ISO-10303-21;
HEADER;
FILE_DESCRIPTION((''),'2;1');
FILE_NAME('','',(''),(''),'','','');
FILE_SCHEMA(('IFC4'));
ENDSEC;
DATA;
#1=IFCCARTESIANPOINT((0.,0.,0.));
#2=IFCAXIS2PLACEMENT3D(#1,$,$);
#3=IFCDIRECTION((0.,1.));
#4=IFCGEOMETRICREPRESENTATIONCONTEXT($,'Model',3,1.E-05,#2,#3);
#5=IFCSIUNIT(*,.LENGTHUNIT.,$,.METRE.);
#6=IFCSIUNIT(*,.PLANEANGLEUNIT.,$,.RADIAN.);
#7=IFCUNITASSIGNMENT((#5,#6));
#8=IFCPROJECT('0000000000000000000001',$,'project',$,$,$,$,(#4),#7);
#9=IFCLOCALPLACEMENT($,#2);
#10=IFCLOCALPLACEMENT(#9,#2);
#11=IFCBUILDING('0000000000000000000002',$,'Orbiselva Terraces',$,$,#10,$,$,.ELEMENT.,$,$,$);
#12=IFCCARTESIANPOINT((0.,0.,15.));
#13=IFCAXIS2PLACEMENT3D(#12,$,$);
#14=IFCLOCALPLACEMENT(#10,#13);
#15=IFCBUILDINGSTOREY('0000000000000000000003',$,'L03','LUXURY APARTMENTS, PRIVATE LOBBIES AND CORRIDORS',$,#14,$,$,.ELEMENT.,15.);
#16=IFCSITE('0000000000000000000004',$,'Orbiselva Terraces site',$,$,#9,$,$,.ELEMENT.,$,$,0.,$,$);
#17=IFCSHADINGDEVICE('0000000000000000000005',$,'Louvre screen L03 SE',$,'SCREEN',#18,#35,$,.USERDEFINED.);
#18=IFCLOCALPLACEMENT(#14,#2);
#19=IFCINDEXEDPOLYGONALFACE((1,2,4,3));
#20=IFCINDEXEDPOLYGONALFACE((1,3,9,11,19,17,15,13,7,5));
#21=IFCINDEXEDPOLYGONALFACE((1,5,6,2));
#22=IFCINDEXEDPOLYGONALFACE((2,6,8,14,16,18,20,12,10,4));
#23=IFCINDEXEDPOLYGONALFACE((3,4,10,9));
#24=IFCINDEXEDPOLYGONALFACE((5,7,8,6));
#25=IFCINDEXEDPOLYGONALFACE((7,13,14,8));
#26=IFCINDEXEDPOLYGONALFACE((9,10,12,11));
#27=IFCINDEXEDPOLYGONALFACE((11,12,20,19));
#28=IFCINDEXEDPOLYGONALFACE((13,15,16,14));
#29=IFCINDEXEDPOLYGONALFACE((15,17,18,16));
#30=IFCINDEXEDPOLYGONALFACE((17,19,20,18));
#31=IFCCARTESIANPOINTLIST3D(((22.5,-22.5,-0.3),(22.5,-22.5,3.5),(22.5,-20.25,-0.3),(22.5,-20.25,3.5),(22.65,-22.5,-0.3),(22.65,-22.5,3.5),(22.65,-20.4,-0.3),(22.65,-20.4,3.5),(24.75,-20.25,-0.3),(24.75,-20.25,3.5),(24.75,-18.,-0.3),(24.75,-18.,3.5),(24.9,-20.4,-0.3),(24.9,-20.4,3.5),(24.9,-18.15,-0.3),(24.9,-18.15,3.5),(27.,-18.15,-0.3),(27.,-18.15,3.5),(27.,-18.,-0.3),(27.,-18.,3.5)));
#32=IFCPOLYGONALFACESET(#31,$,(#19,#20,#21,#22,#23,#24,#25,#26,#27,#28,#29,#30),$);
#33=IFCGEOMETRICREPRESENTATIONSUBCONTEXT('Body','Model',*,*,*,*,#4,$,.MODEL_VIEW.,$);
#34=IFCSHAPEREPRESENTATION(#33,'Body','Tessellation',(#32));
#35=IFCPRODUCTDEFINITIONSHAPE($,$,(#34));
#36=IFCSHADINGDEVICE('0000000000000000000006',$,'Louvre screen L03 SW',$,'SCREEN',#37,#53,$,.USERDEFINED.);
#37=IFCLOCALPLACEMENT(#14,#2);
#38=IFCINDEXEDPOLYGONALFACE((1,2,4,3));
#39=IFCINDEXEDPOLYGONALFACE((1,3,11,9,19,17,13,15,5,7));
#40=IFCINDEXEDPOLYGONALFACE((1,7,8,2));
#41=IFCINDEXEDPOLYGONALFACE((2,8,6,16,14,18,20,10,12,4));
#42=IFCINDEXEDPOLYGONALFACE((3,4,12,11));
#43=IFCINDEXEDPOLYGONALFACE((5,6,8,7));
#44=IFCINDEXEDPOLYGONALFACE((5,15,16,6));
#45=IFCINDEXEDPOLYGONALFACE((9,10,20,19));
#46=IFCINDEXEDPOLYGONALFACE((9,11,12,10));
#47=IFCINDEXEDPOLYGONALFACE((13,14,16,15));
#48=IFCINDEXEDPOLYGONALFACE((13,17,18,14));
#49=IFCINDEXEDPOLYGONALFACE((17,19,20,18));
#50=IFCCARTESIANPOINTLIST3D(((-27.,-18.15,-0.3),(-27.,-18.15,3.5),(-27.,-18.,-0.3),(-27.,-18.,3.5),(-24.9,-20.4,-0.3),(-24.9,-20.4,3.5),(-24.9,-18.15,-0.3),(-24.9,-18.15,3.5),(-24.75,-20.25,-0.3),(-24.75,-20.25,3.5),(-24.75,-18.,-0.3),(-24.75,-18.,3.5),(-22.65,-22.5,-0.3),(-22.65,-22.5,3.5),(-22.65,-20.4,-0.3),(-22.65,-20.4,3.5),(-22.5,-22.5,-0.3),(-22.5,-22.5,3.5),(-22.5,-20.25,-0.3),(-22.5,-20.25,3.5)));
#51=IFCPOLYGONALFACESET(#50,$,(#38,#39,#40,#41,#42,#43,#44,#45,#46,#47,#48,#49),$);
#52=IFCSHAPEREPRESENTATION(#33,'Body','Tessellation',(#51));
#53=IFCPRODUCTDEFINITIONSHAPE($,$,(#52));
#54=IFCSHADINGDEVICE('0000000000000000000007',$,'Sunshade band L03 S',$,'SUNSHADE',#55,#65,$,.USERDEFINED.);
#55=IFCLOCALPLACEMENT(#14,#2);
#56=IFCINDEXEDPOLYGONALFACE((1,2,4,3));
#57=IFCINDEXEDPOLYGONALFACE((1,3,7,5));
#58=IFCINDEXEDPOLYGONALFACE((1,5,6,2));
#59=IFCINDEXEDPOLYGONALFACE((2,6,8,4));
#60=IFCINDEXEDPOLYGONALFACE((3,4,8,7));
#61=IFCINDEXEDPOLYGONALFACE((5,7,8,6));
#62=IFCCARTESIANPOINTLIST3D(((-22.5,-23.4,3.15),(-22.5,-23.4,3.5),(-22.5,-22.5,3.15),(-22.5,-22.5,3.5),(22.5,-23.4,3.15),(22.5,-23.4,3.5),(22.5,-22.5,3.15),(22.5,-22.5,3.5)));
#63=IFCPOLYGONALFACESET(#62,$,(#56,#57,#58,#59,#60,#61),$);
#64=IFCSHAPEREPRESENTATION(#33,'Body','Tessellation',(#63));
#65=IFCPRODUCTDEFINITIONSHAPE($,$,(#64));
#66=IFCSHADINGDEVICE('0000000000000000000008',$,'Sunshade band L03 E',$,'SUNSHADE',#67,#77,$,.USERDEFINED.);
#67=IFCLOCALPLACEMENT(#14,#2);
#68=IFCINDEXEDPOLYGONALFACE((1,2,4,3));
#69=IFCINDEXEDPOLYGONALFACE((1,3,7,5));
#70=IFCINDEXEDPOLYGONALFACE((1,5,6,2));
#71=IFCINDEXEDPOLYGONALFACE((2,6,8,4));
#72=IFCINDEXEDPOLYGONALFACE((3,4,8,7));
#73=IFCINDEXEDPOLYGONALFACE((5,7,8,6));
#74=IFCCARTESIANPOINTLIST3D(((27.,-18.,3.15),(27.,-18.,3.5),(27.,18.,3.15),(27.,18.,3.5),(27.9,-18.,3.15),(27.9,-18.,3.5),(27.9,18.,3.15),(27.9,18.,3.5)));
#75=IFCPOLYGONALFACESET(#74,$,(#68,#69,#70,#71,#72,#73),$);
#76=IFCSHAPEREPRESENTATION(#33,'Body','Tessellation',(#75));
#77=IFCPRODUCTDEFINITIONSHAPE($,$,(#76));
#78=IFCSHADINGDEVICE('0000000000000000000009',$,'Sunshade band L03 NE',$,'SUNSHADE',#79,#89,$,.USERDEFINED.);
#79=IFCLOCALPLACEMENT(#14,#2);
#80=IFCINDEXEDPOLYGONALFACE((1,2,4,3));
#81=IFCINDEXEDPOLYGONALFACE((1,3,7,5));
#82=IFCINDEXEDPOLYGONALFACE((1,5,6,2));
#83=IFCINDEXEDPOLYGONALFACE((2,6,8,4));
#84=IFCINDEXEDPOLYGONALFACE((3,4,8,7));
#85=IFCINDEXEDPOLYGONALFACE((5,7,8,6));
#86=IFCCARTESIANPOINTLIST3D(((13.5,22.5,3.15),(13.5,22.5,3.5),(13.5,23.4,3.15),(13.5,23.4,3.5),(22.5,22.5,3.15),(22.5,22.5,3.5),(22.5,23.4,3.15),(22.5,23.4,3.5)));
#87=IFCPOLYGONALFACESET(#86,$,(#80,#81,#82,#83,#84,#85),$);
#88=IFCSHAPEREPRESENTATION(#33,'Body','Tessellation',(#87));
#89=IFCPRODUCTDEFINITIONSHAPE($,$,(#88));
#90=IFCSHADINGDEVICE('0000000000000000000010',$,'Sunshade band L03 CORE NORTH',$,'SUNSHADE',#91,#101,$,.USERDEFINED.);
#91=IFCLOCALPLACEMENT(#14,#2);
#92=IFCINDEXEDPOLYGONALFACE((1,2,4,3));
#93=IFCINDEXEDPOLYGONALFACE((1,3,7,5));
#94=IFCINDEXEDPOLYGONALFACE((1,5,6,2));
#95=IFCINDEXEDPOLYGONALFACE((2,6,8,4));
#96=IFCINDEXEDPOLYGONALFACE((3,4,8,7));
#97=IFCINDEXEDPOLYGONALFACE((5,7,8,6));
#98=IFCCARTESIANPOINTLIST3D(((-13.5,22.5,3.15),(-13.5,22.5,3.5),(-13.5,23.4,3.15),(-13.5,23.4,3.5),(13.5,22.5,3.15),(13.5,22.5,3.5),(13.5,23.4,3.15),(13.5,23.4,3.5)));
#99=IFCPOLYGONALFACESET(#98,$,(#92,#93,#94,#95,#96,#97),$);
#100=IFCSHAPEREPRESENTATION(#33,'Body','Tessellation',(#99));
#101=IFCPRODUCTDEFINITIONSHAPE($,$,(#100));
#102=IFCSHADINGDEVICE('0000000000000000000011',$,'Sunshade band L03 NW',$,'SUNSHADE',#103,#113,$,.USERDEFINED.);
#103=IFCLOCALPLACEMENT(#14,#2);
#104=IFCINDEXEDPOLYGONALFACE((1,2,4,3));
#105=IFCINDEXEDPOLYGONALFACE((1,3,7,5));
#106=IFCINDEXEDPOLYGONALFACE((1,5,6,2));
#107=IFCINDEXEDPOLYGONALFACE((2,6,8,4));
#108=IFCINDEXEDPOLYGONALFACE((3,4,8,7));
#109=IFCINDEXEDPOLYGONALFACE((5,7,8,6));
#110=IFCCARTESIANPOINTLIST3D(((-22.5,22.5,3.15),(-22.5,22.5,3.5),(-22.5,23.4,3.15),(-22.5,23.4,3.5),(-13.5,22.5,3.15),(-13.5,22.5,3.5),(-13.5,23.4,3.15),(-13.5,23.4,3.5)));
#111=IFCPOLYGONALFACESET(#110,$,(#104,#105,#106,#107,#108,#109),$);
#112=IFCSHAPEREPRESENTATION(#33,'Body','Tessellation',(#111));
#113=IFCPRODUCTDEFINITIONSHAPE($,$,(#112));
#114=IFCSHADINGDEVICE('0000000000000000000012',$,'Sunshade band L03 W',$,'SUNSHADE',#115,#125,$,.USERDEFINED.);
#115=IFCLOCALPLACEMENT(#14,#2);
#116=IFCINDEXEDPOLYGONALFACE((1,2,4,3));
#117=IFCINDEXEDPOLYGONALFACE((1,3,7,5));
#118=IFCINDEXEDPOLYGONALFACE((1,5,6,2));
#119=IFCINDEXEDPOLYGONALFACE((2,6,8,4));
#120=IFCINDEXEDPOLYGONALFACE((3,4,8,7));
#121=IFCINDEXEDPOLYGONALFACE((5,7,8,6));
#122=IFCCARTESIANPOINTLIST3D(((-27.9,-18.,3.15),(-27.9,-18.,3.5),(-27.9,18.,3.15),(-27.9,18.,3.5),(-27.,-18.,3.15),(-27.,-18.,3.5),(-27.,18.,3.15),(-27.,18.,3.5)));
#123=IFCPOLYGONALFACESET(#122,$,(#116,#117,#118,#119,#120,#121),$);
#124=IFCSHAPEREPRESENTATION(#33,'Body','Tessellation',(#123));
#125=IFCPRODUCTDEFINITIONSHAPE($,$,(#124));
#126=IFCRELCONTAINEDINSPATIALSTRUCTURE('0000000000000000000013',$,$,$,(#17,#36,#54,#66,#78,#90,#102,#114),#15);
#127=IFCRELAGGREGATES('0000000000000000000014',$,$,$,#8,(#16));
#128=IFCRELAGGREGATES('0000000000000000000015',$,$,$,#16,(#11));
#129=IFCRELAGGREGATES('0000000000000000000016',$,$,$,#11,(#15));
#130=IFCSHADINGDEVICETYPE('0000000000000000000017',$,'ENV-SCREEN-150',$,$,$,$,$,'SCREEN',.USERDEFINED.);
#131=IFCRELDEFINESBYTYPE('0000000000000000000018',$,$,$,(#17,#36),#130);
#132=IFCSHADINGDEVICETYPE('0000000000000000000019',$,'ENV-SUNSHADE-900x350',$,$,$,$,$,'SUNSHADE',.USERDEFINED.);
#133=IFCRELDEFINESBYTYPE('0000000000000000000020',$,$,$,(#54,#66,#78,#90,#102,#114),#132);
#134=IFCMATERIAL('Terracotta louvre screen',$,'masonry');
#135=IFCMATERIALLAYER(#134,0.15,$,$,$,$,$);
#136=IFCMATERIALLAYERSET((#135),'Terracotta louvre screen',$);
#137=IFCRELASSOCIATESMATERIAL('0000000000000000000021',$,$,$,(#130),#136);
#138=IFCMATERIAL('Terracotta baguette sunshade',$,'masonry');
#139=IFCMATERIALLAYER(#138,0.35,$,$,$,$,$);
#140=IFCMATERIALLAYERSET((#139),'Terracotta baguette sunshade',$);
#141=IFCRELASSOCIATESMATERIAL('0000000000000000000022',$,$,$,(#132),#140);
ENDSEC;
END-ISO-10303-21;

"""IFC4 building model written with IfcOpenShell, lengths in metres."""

from ifc_helpers import new_model, si_unit, direction, frame, origin, place, context, subcontext, project, spatial, polyline, outline, extrude, material, layer, layer_set, type_object, element, save


model = new_model("IFC4")

# Units and contexts
model_context = context("Model", 3, precision=1e-05, world=origin(), true_north=direction((0.0, 1.0)))
body_context = subcontext(model_context, "Body", "Model", "MODEL_VIEW")
ifc_project = project(units=[si_unit("LENGTHUNIT", "METRE"), si_unit("PLANEANGLEUNIT", "RADIAN")], contexts=[model_context])

# Site, building, storey
site_placement = place(None, origin())
site = spatial("IfcSite", under=ifc_project, at=site_placement, Name="Orbiselva Terraces site", CompositionType="ELEMENT", RefElevation=0.0)
building_placement = place(site_placement, origin())
building = spatial("IfcBuilding", under=site, at=building_placement, Name="Orbiselva Terraces", CompositionType="ELEMENT")
storey_placement = place(building_placement, frame((0.0, 0.0, 15.0)))
storey = spatial("IfcBuildingStorey", under=building, at=storey_placement, Name="L03", Description="LUXURY APARTMENTS, PRIVATE LOBBIES AND CORRIDORS", CompositionType="ELEMENT", Elevation=15.0)

# Shading devices
ifc_material_1 = material(Name="Terracotta louvre screen", Category="masonry")
ifc_layer_1 = layer(ifc_material_1, 0.15)
ifc_layer_set_1 = layer_set([ifc_layer_1], Name="Terracotta louvre screen")
shading_device_type_1 = type_object("IfcShadingDeviceType", Name="ENV-SCREEN-150", ElementType="SCREEN", PredefinedType="USERDEFINED", material=ifc_layer_set_1)
shading_device_1_placement = place(storey_placement, frame((0.0, 0.0, -0.3)))
element("IfcShadingDevice", 1, at=shading_device_1_placement, inside=storey, type_object=shading_device_type_1, Name="Louvre screen L03 SE", ObjectType="SCREEN", PredefinedType="USERDEFINED", context=body_context, shape_type="SweptSolid", body=[
    extrude(outline(polyline([(22.65, -22.5), (22.65, -20.4), (24.9, -20.4), (24.9, -18.15), (27.0, -18.15), (27.0, -18.0), (24.75, -18.0), (24.75, -20.25), (22.5, -20.25), (22.5, -22.5), (22.65, -22.5)])), origin(), (0.0, 0.0, 1.0), 3.8),
])
shading_device_2_placement = place(storey_placement, frame((0.0, 0.0, -0.3)))
element("IfcShadingDevice", 2, at=shading_device_2_placement, inside=storey, type_object=shading_device_type_1, Name="Louvre screen L03 SW", ObjectType="SCREEN", PredefinedType="USERDEFINED", context=body_context, shape_type="SweptSolid", body=[
    extrude(outline(polyline([(-27.0, -18.15), (-24.9, -18.15), (-24.9, -20.4), (-22.65, -20.4), (-22.65, -22.5), (-22.5, -22.5), (-22.5, -20.25), (-24.75, -20.25), (-24.75, -18.0), (-27.0, -18.0), (-27.0, -18.15)])), origin(), (0.0, 0.0, 1.0), 3.8),
])
ifc_material_2 = material(Name="Terracotta baguette sunshade", Category="masonry")
ifc_layer_2 = layer(ifc_material_2, 0.35)
ifc_layer_set_2 = layer_set([ifc_layer_2], Name="Terracotta baguette sunshade")
shading_device_type_2 = type_object("IfcShadingDeviceType", Name="ENV-SUNSHADE-900x350", ElementType="SUNSHADE", PredefinedType="USERDEFINED", material=ifc_layer_set_2)
shading_device_3_placement = place(storey_placement, frame((0.0, 0.0, 3.15)))
element("IfcShadingDevice", 3, at=shading_device_3_placement, inside=storey, type_object=shading_device_type_2, Name="Sunshade band L03 S", ObjectType="SUNSHADE", PredefinedType="USERDEFINED", context=body_context, shape_type="SweptSolid", body=[
    extrude(outline(polyline([(-22.5, -23.4), (22.5, -23.4), (22.5, -22.5), (-22.5, -22.5), (-22.5, -23.4)])), origin(), (0.0, 0.0, 1.0), 0.35),
])
shading_device_4_placement = place(storey_placement, frame((0.0, 0.0, 3.15)))
element("IfcShadingDevice", 4, at=shading_device_4_placement, inside=storey, type_object=shading_device_type_2, Name="Sunshade band L03 E", ObjectType="SUNSHADE", PredefinedType="USERDEFINED", context=body_context, shape_type="SweptSolid", body=[
    extrude(outline(polyline([(27.9, -18.0), (27.9, 18.0), (27.0, 18.0), (27.0, -18.0), (27.9, -18.0)])), origin(), (0.0, 0.0, 1.0), 0.35),
])
shading_device_5_placement = place(storey_placement, frame((0.0, 0.0, 3.15)))
element("IfcShadingDevice", 5, at=shading_device_5_placement, inside=storey, type_object=shading_device_type_2, Name="Sunshade band L03 NE", ObjectType="SUNSHADE", PredefinedType="USERDEFINED", context=body_context, shape_type="SweptSolid", body=[
    extrude(outline(polyline([(22.5, 23.4), (13.5, 23.4), (13.5, 22.5), (22.5, 22.5), (22.5, 23.4)])), origin(), (0.0, 0.0, 1.0), 0.35),
])
shading_device_6_placement = place(storey_placement, frame((0.0, 0.0, 3.15)))
element("IfcShadingDevice", 6, at=shading_device_6_placement, inside=storey, type_object=shading_device_type_2, Name="Sunshade band L03 CORE NORTH", ObjectType="SUNSHADE", PredefinedType="USERDEFINED", context=body_context, shape_type="SweptSolid", body=[
    extrude(outline(polyline([(13.5, 23.4), (-13.5, 23.4), (-13.5, 22.5), (13.5, 22.5), (13.5, 23.4)])), origin(), (0.0, 0.0, 1.0), 0.35),
])
shading_device_7_placement = place(storey_placement, frame((0.0, 0.0, 3.15)))
element("IfcShadingDevice", 7, at=shading_device_7_placement, inside=storey, type_object=shading_device_type_2, Name="Sunshade band L03 NW", ObjectType="SUNSHADE", PredefinedType="USERDEFINED", context=body_context, shape_type="SweptSolid", body=[
    extrude(outline(polyline([(-13.5, 23.4), (-22.5, 23.4), (-22.5, 22.5), (-13.5, 22.5), (-13.5, 23.4)])), origin(), (0.0, 0.0, 1.0), 0.35),
])
shading_device_8_placement = place(storey_placement, frame((0.0, 0.0, 3.15)))
element("IfcShadingDevice", 8, at=shading_device_8_placement, inside=storey, type_object=shading_device_type_2, Name="Sunshade band L03 W", ObjectType="SUNSHADE", PredefinedType="USERDEFINED", context=body_context, shape_type="SweptSolid", body=[
    extrude(outline(polyline([(-27.9, 18.0), (-27.9, -18.0), (-27.0, -18.0), (-27.0, 18.0), (-27.9, 18.0)])), origin(), (0.0, 0.0, 1.0), 0.35),
])

save(model, "model.ifc")
